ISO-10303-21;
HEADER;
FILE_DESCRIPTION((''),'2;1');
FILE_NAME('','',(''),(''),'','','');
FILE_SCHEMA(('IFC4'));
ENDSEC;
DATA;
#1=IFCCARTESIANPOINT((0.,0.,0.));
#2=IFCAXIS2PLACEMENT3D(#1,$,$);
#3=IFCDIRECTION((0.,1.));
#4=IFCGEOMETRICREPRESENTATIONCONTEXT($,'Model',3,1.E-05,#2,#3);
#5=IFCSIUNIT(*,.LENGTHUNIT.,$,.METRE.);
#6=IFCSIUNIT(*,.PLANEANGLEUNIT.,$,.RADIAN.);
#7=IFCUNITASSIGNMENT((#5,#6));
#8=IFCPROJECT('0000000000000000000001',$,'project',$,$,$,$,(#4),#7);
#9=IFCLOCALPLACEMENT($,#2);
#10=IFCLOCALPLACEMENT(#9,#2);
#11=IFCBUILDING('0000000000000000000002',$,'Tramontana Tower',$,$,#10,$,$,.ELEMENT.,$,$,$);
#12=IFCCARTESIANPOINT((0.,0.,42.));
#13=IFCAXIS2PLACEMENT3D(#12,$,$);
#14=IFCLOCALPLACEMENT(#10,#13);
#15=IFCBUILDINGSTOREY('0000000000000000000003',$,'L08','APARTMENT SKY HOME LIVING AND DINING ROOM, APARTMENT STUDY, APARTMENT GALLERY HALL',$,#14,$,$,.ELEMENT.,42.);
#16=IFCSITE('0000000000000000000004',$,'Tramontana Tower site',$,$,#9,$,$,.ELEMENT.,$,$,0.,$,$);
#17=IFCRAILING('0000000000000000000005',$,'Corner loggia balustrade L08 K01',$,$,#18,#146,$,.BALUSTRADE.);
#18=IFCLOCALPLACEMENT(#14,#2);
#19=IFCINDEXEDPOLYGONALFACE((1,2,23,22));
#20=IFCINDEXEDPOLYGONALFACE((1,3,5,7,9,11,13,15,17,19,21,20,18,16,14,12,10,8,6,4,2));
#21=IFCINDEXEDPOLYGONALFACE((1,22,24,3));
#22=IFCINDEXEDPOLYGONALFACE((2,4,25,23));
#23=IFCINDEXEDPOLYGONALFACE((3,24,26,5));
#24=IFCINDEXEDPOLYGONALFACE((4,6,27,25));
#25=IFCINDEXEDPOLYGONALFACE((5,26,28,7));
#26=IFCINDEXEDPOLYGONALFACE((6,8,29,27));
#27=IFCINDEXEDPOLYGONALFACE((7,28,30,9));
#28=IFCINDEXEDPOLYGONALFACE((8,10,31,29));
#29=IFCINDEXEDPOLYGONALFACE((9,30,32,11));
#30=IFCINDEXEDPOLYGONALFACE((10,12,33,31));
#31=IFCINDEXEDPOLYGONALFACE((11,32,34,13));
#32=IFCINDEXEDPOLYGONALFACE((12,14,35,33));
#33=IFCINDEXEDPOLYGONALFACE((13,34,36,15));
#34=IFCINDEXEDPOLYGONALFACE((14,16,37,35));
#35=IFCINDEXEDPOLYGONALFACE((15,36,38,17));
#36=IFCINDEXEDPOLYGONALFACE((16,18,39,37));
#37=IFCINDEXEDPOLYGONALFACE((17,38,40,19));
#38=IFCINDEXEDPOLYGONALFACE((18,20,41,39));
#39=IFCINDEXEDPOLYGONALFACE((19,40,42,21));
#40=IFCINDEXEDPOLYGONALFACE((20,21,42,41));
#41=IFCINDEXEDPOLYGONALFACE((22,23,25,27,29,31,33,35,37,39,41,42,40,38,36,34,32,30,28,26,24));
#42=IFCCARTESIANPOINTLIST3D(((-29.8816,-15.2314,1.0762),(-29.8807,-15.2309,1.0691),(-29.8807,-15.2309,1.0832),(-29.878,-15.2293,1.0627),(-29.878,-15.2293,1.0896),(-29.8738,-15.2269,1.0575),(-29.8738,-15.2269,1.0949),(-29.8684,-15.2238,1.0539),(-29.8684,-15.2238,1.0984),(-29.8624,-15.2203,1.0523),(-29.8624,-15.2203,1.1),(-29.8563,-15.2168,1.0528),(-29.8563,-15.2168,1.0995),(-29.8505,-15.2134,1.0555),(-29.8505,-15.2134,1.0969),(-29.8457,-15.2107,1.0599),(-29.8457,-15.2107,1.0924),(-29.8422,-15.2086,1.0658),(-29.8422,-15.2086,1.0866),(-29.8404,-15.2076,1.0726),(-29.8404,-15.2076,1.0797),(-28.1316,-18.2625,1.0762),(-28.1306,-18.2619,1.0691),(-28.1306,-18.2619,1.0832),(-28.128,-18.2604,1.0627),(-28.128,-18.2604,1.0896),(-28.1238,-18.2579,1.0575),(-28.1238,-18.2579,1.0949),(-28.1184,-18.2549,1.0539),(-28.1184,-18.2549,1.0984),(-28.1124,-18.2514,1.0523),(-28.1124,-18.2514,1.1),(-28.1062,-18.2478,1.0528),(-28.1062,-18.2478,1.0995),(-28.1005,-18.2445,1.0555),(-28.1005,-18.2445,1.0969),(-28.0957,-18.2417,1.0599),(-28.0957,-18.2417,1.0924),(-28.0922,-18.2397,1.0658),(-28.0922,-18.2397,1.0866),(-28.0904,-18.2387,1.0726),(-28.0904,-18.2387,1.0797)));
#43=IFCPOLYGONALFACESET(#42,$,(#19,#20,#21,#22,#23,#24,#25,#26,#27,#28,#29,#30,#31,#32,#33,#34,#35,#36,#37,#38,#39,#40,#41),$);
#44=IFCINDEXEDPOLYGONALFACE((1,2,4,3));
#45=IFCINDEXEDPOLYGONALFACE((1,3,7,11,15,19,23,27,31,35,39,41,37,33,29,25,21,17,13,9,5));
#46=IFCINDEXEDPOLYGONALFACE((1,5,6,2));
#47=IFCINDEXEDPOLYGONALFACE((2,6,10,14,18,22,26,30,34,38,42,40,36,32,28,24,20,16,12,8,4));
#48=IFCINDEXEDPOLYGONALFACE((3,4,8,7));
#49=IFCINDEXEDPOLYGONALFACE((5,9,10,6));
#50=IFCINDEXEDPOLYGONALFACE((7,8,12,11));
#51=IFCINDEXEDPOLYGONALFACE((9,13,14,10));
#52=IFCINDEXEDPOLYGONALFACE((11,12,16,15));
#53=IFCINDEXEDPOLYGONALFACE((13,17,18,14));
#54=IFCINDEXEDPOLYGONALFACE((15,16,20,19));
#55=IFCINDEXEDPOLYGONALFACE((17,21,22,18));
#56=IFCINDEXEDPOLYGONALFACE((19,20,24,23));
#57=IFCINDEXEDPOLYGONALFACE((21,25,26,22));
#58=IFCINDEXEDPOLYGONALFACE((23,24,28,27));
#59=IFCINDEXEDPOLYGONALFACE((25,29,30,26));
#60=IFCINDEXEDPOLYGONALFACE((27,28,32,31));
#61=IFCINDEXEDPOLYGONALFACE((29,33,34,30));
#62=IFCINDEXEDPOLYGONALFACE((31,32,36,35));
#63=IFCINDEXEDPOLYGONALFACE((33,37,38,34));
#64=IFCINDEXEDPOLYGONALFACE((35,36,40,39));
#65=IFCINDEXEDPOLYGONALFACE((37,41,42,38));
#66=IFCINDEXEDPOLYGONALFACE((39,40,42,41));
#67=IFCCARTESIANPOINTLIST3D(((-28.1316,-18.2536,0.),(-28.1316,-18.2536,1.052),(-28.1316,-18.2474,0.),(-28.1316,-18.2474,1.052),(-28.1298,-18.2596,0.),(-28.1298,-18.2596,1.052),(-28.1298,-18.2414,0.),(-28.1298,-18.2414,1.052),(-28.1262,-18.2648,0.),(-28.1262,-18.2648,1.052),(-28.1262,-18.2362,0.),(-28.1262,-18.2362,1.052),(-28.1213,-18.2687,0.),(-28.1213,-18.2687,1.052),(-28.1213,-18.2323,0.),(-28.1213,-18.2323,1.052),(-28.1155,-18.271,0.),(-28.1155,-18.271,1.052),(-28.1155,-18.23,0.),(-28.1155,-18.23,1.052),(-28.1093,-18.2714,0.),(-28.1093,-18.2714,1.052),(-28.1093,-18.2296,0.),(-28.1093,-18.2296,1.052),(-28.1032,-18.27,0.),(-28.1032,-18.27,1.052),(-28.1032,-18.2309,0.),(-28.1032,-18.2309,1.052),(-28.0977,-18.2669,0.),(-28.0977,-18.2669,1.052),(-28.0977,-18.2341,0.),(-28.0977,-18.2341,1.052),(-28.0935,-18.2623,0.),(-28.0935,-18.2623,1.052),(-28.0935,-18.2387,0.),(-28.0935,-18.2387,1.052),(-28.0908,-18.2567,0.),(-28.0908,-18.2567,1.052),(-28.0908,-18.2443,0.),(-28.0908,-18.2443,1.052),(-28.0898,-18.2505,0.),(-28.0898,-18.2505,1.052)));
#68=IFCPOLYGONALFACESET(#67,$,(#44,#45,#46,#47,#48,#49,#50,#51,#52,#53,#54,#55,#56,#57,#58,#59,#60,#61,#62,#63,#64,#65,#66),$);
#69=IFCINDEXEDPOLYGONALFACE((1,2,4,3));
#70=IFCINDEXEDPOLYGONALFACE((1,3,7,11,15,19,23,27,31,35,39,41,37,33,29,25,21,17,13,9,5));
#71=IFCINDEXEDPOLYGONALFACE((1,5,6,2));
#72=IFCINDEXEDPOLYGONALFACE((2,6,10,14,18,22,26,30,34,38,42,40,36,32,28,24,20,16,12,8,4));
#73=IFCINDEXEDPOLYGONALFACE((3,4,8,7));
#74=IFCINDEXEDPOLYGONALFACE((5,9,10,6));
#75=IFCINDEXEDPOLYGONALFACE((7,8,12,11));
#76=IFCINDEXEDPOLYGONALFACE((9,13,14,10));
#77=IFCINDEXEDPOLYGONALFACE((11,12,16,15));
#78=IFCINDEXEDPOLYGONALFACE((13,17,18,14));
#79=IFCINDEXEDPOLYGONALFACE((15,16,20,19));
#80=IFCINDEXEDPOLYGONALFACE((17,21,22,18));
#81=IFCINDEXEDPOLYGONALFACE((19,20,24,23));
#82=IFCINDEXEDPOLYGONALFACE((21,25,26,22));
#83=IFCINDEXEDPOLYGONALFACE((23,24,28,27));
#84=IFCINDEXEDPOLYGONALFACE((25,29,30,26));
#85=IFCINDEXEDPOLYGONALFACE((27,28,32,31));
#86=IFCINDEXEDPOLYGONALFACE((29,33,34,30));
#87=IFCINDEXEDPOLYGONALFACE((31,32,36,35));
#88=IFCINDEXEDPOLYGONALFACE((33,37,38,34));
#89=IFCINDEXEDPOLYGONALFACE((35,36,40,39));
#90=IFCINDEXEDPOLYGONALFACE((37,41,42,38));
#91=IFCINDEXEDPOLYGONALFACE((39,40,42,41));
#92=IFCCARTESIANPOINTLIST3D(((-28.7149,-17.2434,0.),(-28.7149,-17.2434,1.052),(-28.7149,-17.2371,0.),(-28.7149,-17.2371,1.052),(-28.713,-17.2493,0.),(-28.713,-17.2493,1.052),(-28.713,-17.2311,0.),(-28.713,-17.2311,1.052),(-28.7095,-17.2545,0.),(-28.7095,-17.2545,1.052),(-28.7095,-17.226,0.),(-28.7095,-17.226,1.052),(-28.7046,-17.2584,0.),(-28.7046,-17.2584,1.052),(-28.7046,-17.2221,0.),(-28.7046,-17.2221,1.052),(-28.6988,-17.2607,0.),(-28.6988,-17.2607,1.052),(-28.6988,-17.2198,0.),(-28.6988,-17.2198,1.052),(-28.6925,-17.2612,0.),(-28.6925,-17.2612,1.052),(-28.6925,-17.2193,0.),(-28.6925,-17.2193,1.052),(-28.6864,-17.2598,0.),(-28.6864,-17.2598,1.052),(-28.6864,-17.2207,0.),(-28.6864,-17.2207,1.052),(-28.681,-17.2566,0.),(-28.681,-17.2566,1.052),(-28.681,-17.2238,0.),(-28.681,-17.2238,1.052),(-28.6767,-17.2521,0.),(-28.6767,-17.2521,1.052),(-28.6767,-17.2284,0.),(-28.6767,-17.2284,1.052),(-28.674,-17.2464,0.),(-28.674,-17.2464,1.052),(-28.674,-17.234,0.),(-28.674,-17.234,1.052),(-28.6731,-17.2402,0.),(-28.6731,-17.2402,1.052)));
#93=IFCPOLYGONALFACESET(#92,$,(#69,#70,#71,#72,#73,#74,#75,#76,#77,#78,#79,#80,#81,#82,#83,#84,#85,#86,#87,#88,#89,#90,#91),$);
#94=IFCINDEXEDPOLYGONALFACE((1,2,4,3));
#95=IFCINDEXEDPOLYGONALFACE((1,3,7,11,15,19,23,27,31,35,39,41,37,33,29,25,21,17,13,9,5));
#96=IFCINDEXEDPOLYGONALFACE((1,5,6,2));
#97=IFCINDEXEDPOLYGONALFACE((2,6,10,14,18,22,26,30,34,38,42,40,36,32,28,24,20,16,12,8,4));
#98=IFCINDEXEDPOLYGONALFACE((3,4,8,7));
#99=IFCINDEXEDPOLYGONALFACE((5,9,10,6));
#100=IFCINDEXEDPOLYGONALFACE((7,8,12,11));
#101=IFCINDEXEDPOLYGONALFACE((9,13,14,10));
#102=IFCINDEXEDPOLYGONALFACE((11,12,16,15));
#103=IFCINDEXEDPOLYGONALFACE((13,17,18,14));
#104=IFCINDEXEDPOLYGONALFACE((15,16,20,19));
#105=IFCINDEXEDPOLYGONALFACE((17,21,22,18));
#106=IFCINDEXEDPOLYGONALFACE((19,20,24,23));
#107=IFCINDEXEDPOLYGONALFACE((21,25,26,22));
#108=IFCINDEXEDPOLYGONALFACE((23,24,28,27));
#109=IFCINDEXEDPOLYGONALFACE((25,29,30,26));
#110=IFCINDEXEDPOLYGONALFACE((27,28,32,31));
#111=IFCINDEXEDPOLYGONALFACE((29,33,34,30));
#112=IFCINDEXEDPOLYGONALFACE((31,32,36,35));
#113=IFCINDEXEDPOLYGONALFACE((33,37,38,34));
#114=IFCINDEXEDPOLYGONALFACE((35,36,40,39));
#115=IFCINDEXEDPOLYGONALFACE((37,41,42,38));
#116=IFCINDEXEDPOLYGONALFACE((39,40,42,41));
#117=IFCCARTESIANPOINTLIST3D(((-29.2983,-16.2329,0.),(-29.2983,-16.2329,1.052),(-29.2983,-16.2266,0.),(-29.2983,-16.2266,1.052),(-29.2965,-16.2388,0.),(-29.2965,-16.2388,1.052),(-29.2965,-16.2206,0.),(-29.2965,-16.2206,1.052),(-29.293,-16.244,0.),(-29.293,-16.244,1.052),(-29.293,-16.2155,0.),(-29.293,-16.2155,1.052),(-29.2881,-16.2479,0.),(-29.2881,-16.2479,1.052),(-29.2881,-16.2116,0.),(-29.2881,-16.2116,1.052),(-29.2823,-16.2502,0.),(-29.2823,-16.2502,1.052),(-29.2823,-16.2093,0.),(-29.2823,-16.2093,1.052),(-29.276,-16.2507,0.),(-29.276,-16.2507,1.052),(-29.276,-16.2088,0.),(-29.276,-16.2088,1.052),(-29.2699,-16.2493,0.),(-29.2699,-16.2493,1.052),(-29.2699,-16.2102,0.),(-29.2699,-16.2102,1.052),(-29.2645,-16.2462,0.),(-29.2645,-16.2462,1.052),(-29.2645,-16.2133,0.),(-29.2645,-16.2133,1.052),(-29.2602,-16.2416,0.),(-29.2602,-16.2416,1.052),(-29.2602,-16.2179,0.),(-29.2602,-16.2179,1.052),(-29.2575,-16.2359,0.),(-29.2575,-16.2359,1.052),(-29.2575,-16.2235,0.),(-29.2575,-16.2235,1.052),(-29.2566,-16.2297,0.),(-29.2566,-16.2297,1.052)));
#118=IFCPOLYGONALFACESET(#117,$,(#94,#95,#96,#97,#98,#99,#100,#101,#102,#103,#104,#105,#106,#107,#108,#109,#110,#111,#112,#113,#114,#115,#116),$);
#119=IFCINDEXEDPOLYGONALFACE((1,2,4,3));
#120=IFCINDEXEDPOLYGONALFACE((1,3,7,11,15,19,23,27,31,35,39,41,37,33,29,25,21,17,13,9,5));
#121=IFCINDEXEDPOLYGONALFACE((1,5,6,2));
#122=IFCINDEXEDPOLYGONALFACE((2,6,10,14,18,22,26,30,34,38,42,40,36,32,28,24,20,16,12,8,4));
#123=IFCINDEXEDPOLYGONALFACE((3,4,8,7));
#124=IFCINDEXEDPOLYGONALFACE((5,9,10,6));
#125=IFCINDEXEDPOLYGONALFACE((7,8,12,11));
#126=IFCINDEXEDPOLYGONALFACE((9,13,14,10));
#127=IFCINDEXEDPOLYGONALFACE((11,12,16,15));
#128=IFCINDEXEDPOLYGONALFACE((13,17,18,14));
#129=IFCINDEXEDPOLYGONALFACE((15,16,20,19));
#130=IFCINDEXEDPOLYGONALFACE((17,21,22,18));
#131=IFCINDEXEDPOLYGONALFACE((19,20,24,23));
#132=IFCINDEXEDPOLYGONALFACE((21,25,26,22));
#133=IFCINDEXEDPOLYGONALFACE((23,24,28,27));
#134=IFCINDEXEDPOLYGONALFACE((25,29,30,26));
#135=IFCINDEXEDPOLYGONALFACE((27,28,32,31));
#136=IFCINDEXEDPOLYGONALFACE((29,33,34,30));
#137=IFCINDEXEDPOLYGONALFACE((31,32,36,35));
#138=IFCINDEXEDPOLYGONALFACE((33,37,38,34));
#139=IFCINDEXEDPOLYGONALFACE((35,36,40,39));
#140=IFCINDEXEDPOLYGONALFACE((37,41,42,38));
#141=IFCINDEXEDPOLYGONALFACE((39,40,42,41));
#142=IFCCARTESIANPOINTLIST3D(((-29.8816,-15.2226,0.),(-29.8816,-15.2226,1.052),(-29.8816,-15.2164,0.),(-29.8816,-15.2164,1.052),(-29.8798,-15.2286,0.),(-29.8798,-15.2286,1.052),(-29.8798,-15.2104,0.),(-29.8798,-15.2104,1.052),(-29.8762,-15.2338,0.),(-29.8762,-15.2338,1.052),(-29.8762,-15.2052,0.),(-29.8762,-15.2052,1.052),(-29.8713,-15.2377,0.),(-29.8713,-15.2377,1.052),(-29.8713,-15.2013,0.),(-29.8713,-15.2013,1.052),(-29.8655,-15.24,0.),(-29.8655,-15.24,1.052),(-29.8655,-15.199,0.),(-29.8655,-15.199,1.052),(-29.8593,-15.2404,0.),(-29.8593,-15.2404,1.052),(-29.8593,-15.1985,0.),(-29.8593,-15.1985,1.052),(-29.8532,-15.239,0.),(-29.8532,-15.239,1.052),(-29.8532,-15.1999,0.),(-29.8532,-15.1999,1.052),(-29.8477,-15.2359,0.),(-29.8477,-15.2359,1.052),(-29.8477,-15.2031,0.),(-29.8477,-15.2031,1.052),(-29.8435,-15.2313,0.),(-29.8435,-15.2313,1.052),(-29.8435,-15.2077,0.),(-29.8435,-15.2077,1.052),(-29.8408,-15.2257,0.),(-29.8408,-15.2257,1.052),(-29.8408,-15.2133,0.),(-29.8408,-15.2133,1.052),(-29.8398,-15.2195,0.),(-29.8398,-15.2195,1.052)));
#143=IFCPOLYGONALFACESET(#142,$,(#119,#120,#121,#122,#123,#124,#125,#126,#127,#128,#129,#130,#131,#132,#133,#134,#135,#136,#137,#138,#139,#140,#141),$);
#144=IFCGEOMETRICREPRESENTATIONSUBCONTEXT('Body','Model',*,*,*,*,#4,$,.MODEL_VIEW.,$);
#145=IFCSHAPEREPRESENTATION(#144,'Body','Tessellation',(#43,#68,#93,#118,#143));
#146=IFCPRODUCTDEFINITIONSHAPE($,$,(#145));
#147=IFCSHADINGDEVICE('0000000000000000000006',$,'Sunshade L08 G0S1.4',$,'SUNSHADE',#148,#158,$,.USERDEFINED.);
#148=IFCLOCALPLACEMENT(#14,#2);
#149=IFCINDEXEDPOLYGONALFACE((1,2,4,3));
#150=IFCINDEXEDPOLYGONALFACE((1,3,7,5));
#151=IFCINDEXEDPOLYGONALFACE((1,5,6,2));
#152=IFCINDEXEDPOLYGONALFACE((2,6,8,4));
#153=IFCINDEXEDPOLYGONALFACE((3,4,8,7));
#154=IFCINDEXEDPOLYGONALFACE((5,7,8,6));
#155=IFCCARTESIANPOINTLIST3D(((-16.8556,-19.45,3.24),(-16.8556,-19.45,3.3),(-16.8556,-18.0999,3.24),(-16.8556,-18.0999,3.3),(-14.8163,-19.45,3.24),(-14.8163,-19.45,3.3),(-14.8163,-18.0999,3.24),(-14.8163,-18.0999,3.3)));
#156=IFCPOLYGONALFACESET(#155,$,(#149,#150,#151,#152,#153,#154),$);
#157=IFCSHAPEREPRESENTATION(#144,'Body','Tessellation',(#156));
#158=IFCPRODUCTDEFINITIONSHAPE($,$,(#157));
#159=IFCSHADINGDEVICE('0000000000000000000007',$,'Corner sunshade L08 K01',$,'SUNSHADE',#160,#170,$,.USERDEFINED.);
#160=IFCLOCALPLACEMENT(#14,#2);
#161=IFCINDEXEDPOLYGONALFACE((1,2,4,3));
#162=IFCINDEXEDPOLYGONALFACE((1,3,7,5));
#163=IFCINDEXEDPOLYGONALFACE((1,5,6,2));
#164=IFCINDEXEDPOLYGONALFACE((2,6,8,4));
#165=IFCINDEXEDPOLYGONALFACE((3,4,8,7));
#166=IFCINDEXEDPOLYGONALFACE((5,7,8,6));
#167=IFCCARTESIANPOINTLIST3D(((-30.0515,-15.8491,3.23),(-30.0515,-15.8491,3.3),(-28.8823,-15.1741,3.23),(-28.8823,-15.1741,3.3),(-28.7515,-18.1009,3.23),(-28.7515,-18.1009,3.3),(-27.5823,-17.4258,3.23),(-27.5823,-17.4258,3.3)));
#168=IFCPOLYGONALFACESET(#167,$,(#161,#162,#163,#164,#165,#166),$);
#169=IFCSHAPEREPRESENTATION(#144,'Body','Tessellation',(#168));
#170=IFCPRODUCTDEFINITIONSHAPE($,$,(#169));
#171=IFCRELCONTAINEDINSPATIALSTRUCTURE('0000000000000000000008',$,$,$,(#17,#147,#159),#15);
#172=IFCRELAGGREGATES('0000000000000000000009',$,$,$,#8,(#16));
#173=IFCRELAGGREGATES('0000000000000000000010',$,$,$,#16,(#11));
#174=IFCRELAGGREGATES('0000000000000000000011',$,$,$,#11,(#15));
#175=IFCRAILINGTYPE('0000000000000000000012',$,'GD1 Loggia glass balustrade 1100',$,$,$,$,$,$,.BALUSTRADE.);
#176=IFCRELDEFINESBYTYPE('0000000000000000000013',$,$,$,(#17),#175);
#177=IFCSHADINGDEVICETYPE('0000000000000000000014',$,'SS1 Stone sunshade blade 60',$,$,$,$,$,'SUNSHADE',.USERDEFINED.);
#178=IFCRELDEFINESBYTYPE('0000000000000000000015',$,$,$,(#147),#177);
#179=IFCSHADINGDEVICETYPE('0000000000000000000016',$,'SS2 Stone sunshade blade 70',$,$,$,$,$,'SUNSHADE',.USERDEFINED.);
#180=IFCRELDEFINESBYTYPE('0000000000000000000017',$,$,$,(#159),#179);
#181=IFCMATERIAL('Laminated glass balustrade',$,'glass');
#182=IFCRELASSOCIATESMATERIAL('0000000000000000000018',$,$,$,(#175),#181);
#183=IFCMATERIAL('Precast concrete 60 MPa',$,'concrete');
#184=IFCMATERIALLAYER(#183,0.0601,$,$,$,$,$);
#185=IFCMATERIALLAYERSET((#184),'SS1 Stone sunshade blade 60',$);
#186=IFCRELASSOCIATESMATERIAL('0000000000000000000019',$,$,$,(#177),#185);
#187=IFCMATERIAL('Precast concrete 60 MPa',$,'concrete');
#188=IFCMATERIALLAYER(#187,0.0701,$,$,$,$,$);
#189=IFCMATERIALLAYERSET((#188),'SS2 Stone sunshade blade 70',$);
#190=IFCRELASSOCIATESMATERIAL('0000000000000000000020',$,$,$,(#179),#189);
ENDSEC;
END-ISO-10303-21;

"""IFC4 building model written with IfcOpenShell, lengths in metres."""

from ifc_helpers import new_model, si_unit, direction, frame, origin, origin_2d, place, context, subcontext, project, spatial, rectangle, circle, extrude, material, layer, layer_set, type_object, element, save


model = new_model("IFC4")

# Units and contexts
model_context = context("Model", 3, precision=1e-05, world=origin(), true_north=direction((0.0, 1.0)))
body_context = subcontext(model_context, "Body", "Model", "MODEL_VIEW")
ifc_project = project(units=[si_unit("LENGTHUNIT", "METRE"), si_unit("PLANEANGLEUNIT", "RADIAN")], contexts=[model_context])

# Site, building, storey
site_placement = place(None, origin())
site = spatial("IfcSite", under=ifc_project, at=site_placement, Name="Tramontana Tower site", CompositionType="ELEMENT", RefElevation=0.0)
building_placement = place(site_placement, origin())
building = spatial("IfcBuilding", under=site, at=building_placement, Name="Tramontana Tower", CompositionType="ELEMENT")
storey_placement = place(building_placement, frame((0.0, 0.0, 42.0)))
storey = spatial("IfcBuildingStorey", under=building, at=storey_placement, Name="L08", Description="APARTMENT SKY HOME LIVING AND DINING ROOM, APARTMENT STUDY, APARTMENT GALLERY HALL", CompositionType="ELEMENT", Elevation=42.0)

# Railing
ifc_material_1 = material(Name="Laminated glass balustrade", Category="glass")
railing_type = type_object("IfcRailingType", Name="GD1 Loggia glass balustrade 1100", PredefinedType="BALUSTRADE", material=ifc_material_1)
railing_1_placement = place(storey_placement, frame((-28.1108, -18.2505, 0.0)))
element("IfcRailing", 1, at=railing_1_placement, inside=storey, type_object=railing_type, Name="Corner loggia balustrade L08 K01", PredefinedType="BALUSTRADE", context=body_context, shape_type="SweptSolid", body=[
    extrude(circle(Radius=0.0239, at=origin_2d()), frame((0.0, 0.0, 1.0762), z_axis=(-0.50001, 0.866019, 0.0), x_axis=(-0.866019, -0.50001, 0.0)), (0.0, 0.0, 1.0), 3.5),
    extrude(circle(Radius=0.021, at=origin_2d()), origin(), (0.0, 0.0, 1.0), 1.052),
    extrude(circle(Radius=0.021, at=origin_2d()), frame((-0.5833, 1.0103, 0.0)), (0.0, 0.0, 1.0), 1.052),
    extrude(circle(Radius=0.021, at=origin_2d()), frame((-1.1667, 2.0208, 0.0)), (0.0, 0.0, 1.0), 1.052),
    extrude(circle(Radius=0.021, at=origin_2d()), frame((-1.75, 3.031, 0.0)), (0.0, 0.0, 1.0), 1.052),
])

# Shading devices
ifc_material_2 = material(Name="Precast concrete 60 MPa", Category="concrete")
ifc_layer_1 = layer(ifc_material_2, 0.0601)
ifc_layer_set_1 = layer_set([ifc_layer_1], Name="SS1 Stone sunshade blade 60")
shading_device_type_1 = type_object("IfcShadingDeviceType", Name="SS1 Stone sunshade blade 60", ElementType="SUNSHADE", PredefinedType="USERDEFINED", material=ifc_layer_set_1)
shading_device_1_placement = place(storey_placement, frame((-15.8359, -18.7749, 3.24), z_axis=(0.0, 0.0, 1.0), x_axis=(1.0, 0.0, 0.0)))
element("IfcShadingDevice", 2, at=shading_device_1_placement, inside=storey, type_object=shading_device_type_1, Name="Sunshade L08 G0S1.4", ObjectType="SUNSHADE", PredefinedType="USERDEFINED", context=body_context, shape_type="SweptSolid", body=[
    extrude(rectangle(XDim=2.0393, YDim=1.3501, at=origin_2d()), origin(), (0.0, 0.0, 1.0), 0.0601),
])
ifc_material_3 = material(Name="Precast concrete 60 MPa", Category="concrete")
ifc_layer_2 = layer(ifc_material_3, 0.0701)
ifc_layer_set_2 = layer_set([ifc_layer_2], Name="SS2 Stone sunshade blade 70")
shading_device_type_2 = type_object("IfcShadingDeviceType", Name="SS2 Stone sunshade blade 70", ElementType="SUNSHADE", PredefinedType="USERDEFINED", material=ifc_layer_set_2)
shading_device_2_placement = place(storey_placement, frame((-28.8169, -16.6375, 3.23), z_axis=(0.0, 0.0, 1.0), x_axis=(-0.5, 0.866025, 0.0)))
element("IfcShadingDevice", 3, at=shading_device_2_placement, inside=storey, type_object=shading_device_type_2, Name="Corner sunshade L08 K01", ObjectType="SUNSHADE", PredefinedType="USERDEFINED", context=body_context, shape_type="SweptSolid", body=[
    extrude(rectangle(XDim=2.6001, YDim=1.3501, at=origin_2d()), origin(), (0.0, 0.0, 1.0), 0.0701),
])

save(model, "model.ifc")
